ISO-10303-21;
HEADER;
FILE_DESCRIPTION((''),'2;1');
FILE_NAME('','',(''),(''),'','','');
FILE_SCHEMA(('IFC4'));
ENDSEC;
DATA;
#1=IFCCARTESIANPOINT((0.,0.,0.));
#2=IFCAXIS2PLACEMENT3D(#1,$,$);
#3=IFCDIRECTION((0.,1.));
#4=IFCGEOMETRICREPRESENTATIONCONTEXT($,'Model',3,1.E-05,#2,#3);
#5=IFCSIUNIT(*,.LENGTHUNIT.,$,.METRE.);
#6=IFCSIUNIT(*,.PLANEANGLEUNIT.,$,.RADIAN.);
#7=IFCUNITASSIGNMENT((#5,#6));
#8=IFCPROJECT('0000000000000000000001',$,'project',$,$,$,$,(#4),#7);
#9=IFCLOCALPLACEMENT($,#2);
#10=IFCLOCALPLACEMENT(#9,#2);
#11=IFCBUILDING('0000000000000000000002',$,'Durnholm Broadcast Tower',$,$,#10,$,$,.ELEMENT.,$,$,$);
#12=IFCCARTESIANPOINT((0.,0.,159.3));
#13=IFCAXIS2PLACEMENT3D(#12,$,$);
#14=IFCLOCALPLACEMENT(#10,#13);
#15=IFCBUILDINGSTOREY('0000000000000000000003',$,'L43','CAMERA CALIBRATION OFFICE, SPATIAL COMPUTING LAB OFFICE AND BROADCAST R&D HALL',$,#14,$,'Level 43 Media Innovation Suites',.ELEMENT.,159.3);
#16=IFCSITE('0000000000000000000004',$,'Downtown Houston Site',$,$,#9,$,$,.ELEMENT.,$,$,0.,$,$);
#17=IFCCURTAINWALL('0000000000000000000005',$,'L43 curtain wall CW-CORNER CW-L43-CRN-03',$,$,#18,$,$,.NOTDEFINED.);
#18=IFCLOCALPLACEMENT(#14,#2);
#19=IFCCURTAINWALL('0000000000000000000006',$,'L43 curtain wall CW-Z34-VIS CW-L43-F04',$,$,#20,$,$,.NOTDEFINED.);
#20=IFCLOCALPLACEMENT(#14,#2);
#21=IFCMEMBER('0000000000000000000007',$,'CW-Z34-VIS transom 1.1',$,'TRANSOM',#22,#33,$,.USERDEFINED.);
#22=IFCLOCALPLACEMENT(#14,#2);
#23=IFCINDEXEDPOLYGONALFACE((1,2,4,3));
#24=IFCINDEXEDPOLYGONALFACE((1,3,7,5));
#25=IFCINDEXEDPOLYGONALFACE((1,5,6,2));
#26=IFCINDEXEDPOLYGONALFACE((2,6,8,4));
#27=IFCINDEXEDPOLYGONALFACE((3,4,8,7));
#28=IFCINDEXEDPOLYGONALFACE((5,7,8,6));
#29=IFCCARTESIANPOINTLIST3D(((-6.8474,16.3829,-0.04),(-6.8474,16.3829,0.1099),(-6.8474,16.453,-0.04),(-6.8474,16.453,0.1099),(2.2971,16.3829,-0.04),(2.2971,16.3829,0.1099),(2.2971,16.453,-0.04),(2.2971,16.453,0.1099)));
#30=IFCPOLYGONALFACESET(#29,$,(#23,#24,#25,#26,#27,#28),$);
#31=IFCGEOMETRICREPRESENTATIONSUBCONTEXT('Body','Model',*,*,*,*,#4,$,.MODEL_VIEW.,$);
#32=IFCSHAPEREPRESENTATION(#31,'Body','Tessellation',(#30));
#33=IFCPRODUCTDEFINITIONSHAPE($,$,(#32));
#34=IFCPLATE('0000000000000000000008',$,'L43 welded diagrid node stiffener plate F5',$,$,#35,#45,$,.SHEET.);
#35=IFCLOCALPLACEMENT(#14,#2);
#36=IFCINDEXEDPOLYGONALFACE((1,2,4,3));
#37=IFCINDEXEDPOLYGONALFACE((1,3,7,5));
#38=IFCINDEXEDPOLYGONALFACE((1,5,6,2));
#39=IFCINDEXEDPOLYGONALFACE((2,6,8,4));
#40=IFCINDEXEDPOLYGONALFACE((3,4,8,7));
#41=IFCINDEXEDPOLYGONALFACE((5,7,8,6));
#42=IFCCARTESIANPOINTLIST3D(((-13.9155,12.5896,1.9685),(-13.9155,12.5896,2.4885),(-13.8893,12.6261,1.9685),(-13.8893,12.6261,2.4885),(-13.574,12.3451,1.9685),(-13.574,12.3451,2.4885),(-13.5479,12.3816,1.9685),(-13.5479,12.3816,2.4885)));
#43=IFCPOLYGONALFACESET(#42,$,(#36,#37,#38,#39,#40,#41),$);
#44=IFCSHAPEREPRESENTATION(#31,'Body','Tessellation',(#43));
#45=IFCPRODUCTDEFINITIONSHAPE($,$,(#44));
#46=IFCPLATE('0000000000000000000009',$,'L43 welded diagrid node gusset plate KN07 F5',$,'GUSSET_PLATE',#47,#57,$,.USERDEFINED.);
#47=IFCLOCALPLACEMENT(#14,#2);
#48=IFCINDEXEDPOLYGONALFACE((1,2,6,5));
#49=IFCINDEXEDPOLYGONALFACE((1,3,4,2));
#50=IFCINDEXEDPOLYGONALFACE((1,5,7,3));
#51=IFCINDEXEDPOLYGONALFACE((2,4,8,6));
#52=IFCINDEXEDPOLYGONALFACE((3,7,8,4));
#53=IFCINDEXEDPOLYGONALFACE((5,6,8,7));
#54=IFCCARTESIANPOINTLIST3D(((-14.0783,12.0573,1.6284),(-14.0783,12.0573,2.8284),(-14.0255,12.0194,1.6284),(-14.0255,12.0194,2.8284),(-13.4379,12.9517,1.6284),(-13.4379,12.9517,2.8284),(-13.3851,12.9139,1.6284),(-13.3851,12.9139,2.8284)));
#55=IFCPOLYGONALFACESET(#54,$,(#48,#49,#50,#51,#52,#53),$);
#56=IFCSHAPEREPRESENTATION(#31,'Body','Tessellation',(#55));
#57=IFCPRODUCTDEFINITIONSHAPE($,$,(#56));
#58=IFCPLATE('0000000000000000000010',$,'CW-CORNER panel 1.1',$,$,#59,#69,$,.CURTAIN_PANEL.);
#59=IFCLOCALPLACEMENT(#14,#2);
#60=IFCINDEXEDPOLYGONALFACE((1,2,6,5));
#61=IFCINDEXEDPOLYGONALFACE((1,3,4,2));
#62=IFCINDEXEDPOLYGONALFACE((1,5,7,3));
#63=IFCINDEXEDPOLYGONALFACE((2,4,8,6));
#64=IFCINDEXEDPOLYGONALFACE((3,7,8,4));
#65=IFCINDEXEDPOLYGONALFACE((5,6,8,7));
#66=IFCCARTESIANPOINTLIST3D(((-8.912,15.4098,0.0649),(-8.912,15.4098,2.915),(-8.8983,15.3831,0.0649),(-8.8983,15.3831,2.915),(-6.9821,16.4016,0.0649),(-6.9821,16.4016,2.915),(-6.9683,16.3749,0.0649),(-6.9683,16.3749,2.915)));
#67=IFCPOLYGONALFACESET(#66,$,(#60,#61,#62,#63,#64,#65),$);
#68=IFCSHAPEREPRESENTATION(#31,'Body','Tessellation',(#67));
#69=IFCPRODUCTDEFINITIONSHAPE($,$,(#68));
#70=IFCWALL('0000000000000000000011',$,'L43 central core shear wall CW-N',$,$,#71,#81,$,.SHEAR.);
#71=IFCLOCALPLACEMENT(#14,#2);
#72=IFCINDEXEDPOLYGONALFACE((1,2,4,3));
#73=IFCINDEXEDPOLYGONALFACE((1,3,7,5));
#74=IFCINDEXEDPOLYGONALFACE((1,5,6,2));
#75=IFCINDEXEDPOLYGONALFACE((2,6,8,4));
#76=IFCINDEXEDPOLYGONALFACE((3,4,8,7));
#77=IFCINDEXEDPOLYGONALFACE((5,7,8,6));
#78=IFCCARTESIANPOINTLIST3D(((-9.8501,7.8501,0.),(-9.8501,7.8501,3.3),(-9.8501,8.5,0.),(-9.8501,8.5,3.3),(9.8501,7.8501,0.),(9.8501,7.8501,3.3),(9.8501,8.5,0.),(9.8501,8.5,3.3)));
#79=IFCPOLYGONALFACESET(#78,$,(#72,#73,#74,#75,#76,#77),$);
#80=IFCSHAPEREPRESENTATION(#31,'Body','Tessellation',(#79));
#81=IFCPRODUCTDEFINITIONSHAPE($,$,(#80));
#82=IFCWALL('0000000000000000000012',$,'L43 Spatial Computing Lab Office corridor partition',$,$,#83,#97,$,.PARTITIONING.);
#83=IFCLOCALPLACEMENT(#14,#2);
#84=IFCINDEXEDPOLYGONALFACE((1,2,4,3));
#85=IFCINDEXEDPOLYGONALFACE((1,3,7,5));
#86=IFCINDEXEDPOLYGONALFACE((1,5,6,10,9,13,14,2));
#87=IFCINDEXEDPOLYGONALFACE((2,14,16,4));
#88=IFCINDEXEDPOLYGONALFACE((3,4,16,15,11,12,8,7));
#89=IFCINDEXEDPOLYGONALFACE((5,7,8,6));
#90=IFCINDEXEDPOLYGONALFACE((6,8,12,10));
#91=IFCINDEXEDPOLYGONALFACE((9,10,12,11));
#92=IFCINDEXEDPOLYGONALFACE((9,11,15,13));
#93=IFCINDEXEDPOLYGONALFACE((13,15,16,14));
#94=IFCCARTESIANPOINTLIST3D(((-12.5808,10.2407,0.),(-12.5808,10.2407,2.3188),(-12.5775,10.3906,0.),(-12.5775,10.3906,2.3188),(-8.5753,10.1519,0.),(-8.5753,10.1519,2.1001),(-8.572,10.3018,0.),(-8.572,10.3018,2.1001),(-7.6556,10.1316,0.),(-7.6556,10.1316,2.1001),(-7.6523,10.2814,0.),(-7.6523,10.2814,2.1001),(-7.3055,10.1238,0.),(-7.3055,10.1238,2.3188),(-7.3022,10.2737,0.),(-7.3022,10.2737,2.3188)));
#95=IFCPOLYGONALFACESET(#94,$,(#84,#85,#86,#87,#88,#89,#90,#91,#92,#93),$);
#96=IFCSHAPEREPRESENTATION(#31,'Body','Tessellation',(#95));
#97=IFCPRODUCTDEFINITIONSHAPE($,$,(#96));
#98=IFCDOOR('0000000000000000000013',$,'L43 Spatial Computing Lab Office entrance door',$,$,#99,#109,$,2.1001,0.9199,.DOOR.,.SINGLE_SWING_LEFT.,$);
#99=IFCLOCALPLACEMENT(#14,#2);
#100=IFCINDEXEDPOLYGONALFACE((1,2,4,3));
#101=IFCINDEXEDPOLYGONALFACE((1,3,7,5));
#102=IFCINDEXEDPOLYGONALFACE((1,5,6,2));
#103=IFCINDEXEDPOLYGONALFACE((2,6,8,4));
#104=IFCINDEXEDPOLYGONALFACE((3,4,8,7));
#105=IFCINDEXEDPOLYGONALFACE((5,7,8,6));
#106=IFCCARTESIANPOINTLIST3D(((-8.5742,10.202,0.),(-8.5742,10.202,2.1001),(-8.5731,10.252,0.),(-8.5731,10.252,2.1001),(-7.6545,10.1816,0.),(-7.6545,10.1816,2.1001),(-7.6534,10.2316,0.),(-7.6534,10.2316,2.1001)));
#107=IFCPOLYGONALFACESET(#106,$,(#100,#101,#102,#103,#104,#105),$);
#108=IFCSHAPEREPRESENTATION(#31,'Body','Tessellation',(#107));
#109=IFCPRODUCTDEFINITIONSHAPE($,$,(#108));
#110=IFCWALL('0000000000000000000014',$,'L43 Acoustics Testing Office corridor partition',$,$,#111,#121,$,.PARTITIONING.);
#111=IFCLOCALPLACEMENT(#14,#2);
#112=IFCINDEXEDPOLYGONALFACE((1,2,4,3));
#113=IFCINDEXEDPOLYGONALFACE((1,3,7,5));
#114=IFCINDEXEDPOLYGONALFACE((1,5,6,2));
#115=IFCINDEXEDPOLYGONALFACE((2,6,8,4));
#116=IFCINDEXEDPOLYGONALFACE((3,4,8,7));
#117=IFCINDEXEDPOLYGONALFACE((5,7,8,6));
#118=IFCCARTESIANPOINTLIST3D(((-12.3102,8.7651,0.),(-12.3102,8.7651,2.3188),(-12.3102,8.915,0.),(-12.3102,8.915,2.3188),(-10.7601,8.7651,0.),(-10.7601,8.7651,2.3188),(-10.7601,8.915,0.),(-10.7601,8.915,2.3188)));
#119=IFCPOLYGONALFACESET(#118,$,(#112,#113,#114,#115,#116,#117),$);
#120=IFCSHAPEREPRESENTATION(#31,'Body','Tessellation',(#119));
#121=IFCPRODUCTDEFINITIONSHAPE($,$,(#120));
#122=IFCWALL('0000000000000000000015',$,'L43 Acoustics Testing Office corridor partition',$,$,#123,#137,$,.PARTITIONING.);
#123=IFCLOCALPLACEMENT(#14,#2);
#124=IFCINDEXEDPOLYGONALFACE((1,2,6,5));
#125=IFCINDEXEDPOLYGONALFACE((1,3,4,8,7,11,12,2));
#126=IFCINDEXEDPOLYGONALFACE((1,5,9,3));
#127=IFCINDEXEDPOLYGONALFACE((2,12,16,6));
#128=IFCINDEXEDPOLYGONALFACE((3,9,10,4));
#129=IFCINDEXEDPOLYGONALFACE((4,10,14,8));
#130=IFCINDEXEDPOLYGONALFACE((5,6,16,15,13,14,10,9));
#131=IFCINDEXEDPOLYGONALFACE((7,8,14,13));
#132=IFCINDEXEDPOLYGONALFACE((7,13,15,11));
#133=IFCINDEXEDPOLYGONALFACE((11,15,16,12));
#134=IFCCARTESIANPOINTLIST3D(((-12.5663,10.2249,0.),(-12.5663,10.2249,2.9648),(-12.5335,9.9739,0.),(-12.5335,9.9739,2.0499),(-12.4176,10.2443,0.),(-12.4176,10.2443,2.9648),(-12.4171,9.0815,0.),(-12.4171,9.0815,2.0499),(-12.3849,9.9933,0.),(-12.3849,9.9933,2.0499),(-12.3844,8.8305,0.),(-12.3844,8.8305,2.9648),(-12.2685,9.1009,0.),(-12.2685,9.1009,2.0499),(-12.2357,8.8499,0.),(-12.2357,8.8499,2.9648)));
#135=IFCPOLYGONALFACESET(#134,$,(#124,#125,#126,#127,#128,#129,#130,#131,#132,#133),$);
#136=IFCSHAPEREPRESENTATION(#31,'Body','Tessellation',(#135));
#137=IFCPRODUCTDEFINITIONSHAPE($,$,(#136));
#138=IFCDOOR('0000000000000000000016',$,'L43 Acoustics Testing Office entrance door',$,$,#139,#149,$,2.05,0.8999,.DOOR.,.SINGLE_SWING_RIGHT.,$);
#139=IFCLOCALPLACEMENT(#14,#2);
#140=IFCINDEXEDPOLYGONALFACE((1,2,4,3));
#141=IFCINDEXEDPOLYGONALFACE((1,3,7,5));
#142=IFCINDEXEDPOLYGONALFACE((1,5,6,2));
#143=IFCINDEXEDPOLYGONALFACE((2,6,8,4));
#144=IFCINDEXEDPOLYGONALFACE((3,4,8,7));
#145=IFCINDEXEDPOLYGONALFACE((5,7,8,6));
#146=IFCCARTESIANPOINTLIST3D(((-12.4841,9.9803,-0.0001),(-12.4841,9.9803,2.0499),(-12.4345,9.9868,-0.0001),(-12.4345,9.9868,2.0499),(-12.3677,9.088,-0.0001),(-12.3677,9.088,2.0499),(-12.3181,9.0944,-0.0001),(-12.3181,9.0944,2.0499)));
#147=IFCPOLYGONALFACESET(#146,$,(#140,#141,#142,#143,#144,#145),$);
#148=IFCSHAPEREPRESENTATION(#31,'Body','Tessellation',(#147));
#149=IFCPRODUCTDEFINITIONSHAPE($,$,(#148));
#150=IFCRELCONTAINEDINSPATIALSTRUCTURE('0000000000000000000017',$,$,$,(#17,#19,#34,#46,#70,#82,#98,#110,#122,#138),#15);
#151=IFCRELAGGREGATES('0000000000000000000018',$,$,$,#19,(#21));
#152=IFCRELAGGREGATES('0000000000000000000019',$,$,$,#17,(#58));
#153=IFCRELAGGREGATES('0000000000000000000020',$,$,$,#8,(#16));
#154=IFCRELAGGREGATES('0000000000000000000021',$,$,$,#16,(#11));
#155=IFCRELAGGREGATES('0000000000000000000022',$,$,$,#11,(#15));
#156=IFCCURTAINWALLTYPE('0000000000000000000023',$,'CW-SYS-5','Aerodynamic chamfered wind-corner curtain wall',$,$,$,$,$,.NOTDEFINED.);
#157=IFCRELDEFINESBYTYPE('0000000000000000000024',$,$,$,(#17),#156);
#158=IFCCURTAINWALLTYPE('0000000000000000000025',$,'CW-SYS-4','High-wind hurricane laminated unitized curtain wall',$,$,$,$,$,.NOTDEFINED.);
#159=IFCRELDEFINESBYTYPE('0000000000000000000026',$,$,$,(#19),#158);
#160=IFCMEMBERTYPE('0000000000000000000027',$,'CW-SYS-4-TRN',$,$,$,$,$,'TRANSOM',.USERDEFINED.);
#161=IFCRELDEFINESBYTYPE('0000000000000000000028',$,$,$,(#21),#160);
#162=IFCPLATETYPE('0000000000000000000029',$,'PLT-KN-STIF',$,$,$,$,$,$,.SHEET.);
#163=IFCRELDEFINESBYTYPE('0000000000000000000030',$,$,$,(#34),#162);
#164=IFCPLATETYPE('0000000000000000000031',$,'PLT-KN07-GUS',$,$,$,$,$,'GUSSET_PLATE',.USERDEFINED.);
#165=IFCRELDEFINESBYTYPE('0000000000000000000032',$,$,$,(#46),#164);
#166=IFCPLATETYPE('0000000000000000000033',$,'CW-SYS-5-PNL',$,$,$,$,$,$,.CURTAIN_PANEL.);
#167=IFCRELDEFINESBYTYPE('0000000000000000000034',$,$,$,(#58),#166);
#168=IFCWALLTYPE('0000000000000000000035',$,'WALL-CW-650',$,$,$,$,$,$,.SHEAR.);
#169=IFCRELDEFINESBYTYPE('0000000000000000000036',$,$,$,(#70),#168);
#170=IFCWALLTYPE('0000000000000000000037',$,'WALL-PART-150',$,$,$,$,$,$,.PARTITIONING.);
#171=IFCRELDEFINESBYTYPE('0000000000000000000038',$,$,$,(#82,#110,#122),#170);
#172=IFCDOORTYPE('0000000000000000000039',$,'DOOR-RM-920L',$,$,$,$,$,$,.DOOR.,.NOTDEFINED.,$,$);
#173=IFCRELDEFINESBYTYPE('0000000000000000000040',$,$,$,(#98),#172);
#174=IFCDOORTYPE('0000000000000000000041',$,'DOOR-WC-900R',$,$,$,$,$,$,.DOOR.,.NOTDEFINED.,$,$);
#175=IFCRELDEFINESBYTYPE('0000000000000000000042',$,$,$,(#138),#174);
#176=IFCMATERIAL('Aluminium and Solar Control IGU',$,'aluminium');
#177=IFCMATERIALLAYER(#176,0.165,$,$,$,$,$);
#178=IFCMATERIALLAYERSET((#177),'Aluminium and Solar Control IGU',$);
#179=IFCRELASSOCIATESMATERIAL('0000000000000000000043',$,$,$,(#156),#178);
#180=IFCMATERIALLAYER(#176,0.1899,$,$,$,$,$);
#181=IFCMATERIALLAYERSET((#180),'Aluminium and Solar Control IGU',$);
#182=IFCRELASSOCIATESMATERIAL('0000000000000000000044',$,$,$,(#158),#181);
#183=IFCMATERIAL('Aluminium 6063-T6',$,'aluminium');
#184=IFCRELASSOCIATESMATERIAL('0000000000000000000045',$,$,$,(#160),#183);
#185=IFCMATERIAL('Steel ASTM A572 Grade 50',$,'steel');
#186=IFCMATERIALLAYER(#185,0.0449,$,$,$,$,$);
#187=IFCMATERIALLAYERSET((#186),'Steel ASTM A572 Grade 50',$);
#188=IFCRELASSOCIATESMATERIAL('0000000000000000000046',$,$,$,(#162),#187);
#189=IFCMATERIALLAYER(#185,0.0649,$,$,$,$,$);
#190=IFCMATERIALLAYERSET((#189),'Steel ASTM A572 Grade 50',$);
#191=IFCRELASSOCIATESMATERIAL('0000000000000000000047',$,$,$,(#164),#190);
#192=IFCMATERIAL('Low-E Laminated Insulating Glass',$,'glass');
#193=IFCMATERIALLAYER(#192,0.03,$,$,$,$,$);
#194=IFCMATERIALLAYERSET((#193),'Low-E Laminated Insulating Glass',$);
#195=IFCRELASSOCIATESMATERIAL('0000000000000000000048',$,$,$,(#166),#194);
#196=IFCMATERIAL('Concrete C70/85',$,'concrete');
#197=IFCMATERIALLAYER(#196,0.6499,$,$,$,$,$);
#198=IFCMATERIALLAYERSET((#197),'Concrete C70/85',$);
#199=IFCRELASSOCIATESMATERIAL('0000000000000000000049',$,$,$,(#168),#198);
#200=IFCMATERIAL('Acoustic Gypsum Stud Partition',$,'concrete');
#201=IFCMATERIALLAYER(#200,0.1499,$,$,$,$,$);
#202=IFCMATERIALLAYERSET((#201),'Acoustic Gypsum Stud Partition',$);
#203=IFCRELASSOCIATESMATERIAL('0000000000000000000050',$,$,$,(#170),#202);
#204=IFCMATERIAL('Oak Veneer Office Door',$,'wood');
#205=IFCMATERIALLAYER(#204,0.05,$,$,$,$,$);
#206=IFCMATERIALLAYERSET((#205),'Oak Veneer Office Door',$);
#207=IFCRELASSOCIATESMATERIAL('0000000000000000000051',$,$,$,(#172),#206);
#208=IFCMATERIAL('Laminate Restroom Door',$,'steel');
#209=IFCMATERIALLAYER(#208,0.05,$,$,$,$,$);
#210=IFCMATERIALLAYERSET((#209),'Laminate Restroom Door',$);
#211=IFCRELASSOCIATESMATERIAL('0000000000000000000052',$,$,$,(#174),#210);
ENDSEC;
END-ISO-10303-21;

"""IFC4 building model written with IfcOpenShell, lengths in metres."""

from ifc_helpers import new_model, si_unit, direction, frame, frame_2d, origin, origin_2d, place, context, subcontext, project, spatial, rectangle, extrude, source, transform, mapped, material, layer, layer_set, material_profile, profile_set, type_object, type_shapes, element, fill, aggregate, save


model = new_model("IFC4")

# Units and contexts
model_context = context("Model", 3, precision=1e-05, world=origin(), true_north=direction((0.0, 1.0)))
body_context = subcontext(model_context, "Body", "Model", "MODEL_VIEW")
ifc_project = project(units=[si_unit("LENGTHUNIT", "METRE"), si_unit("PLANEANGLEUNIT", "RADIAN")], contexts=[model_context])

# Site, building, storey
site_placement = place(None, origin())
site = spatial("IfcSite", under=ifc_project, at=site_placement, Name="Downtown Houston Site", CompositionType="ELEMENT", RefElevation=0.0)
building_placement = place(site_placement, origin())
building = spatial("IfcBuilding", under=site, at=building_placement, Name="Durnholm Broadcast Tower", CompositionType="ELEMENT")
storey_placement = place(building_placement, frame((0.0, 0.0, 159.3)))
storey = spatial("IfcBuildingStorey", under=building, at=storey_placement, Name="L43", Description="CAMERA CALIBRATION OFFICE, SPATIAL COMPUTING LAB OFFICE AND BROADCAST R&D HALL", LongName="Level 43 Media Innovation Suites", CompositionType="ELEMENT", Elevation=159.3)

# Shared definitions
ifc_material_1 = material(Name="Concrete C70/85", Category="concrete")

# Curtain wall
ifc_material_2 = material(Name="Aluminium and Solar Control IGU", Category="aluminium")
ifc_layer_1 = layer(ifc_material_2, 0.165)
ifc_layer_set_1 = layer_set([ifc_layer_1], Name="Aluminium and Solar Control IGU")
curtain_wall_type_1 = type_object("IfcCurtainWallType", Name="CW-SYS-5", Description="Aerodynamic chamfered wind-corner curtain wall", PredefinedType="NOTDEFINED", material=ifc_layer_set_1)
curtain_wall_1_placement = place(storey_placement, origin())
curtain_wall_1 = element("IfcCurtainWall", 1, at=curtain_wall_1_placement, inside=storey, type_object=curtain_wall_type_1, Name="L43 curtain wall CW-CORNER CW-L43-CRN-03", PredefinedType="NOTDEFINED")
ifc_material_3 = material(Name="Aluminium 6063-T6", Category="aluminium")

# Shared definitions
ifc_layer_2 = layer(ifc_material_2, 0.1899)
ifc_layer_set_2 = layer_set([ifc_layer_2], Name="Aluminium and Solar Control IGU")
curtain_wall_type_2 = type_object("IfcCurtainWallType", Name="CW-SYS-4", Description="High-wind hurricane laminated unitized curtain wall", PredefinedType="NOTDEFINED", material=ifc_layer_set_2)

# Curtain wall, member
curtain_wall_2_placement = place(storey_placement, origin())
curtain_wall_2 = element("IfcCurtainWall", 2, at=curtain_wall_2_placement, inside=storey, type_object=curtain_wall_type_2, Name="L43 curtain wall CW-Z34-VIS CW-L43-F04", PredefinedType="NOTDEFINED")
ifc_material_profile_1 = material_profile(ifc_material_3, rectangle(XDim=0.0701, YDim=0.1499, at=origin_2d()), Name="CWT70X150")
ifc_profile_set_1 = profile_set([ifc_material_profile_1], Name="Aluminium 6063-T6")
member_type_1 = type_object("IfcMemberType", Name="CW-SYS-4-TRN", ElementType="TRANSOM", PredefinedType="USERDEFINED", material=ifc_profile_set_1)
shared_shape_1 = source(origin(), body_context, "Body", "SweptSolid", [
    extrude(rectangle(XDim=0.0701, YDim=0.1499, at=origin_2d()), origin(), (0.0, 0.0, 1.0), 9.1445),
])
type_shapes(member_type_1, [shared_shape_1])
member_1_placement = place(storey_placement, frame((-6.8474, 16.418, 0.0349), z_axis=(1.0, 0.0, 0.0), x_axis=(0.0, 1.0, 0.0)))
member_1 = element("IfcMember", 3, at=member_1_placement, type_object=member_type_1, Name="CW-Z34-VIS transom 1.1", ObjectType="TRANSOM", PredefinedType="USERDEFINED", context=body_context, shape_type="MappedRepresentation", body=[
    mapped(shared_shape_1, transform((0.0, 0.0, 0.0), x_axis=(1.0, 0.0, 0.0), y_axis=(0.0, 1.0, 0.0), z_axis=(0.0, 0.0, 1.0), scale=1.0)),
])
aggregate(curtain_wall_2, [member_1])

# Plates
ifc_material_4 = material(Name="Steel ASTM A572 Grade 50", Category="steel")
ifc_layer_3 = layer(ifc_material_4, 0.0449)
ifc_layer_set_3 = layer_set([ifc_layer_3], Name="Steel ASTM A572 Grade 50")
plate_type_1 = type_object("IfcPlateType", Name="PLT-KN-STIF", PredefinedType="SHEET", material=ifc_layer_set_3)
shared_shape_2 = source(origin(), body_context, "Body", "SweptSolid", [
    extrude(rectangle(XDim=0.0449, YDim=0.4199, at=origin_2d()), origin(), (0.0, 0.0, 1.0), 0.52),
])
type_shapes(plate_type_1, [shared_shape_2])
plate_1_placement = place(storey_placement, frame((-13.7317, 12.4856, 1.9685), z_axis=(0.0, 0.0, 1.0), x_axis=(-0.582123, -0.813101, 0.0)))
element("IfcPlate", 4, at=plate_1_placement, inside=storey, type_object=plate_type_1, Name="L43 welded diagrid node stiffener plate F5", PredefinedType="SHEET", context=body_context, shape_type="MappedRepresentation", body=[
    mapped(shared_shape_2, transform((0.0, 0.0, 0.0), x_axis=(1.0, 0.0, 0.0), y_axis=(0.0, 1.0, 0.0), z_axis=(0.0, 0.0, 1.0), scale=1.0)),
])
ifc_layer_4 = layer(ifc_material_4, 0.0649)
ifc_layer_set_4 = layer_set([ifc_layer_4], Name="Steel ASTM A572 Grade 50")
plate_type_2 = type_object("IfcPlateType", Name="PLT-KN07-GUS", ElementType="GUSSET_PLATE", PredefinedType="USERDEFINED", material=ifc_layer_set_4)
shared_shape_3 = source(origin(), body_context, "Body", "SweptSolid", [
    extrude(rectangle(XDim=1.1001, YDim=0.0649, at=origin_2d()), origin(), (0.0, 0.0, 1.0), 1.2),
])
type_shapes(plate_type_2, [shared_shape_3])
plate_2_placement = place(storey_placement, frame((-13.7317, 12.4856, 1.6284), z_axis=(0.0, 0.0, 1.0), x_axis=(-0.582123, -0.813101, 0.0)))
element("IfcPlate", 5, at=plate_2_placement, inside=storey, type_object=plate_type_2, Name="L43 welded diagrid node gusset plate KN07 F5", ObjectType="GUSSET_PLATE", PredefinedType="USERDEFINED", context=body_context, shape_type="MappedRepresentation", body=[
    mapped(shared_shape_3, transform((0.0, 0.0, 0.0), x_axis=(1.0, 0.0, 0.0), y_axis=(0.0, 1.0, 0.0), z_axis=(0.0, 0.0, 1.0), scale=1.0)),
])

# Plate
ifc_material_5 = material(Name="Low-E Laminated Insulating Glass", Category="glass")
ifc_layer_5 = layer(ifc_material_5, 0.03)
ifc_layer_set_5 = layer_set([ifc_layer_5], Name="Low-E Laminated Insulating Glass")
plate_type_3 = type_object("IfcPlateType", Name="CW-SYS-5-PNL", PredefinedType="CURTAIN_PANEL", material=ifc_layer_set_5)
shared_shape_4 = source(origin(), body_context, "Body", "SweptSolid", [
    extrude(rectangle(XDim=2.1699, YDim=0.03, at=origin_2d()), origin(), (0.0, 0.0, 1.0), 2.8501),
])
type_shapes(plate_type_3, [shared_shape_4])
plate_3_placement = place(storey_placement, frame((-7.9402, 15.8923, 0.0649), z_axis=(0.0, 0.0, 1.0), x_axis=(0.889425, 0.457082, 0.0)))
plate_3 = element("IfcPlate", 6, at=plate_3_placement, type_object=plate_type_3, Name="CW-CORNER panel 1.1", PredefinedType="CURTAIN_PANEL", context=body_context, shape_type="MappedRepresentation", body=[
    mapped(shared_shape_4, transform((0.0, 0.0, 0.0), x_axis=(1.0, 0.0, 0.0), y_axis=(0.0, 1.0, 0.0), z_axis=(0.0, 0.0, 1.0), scale=1.0)),
])
aggregate(curtain_wall_1, [plate_3])

# Wall
ifc_layer_6 = layer(ifc_material_1, 0.6499)
ifc_layer_set_6 = layer_set([ifc_layer_6], Name="Concrete C70/85")
wall_type_1 = type_object("IfcWallType", Name="WALL-CW-650", PredefinedType="SHEAR", material=ifc_layer_set_6)
wall_1_placement = place(storey_placement, frame((-9.8501, 8.175, 0.0), z_axis=(0.0, 0.0, 1.0), x_axis=(1.0, 0.0, 0.0)))
element("IfcWall", 7, at=wall_1_placement, inside=storey, type_object=wall_type_1, Name="L43 central core shear wall CW-N", PredefinedType="SHEAR", context=body_context, shape_type="SweptSolid", body=[
    extrude(rectangle(XDim=19.7002, YDim=0.6499, at=frame_2d((9.8501, 0.0))), origin(), (0.0, 0.0, 1.0), 3.3),
])

# Wall, opening, door
ifc_material_6 = material(Name="Acoustic Gypsum Stud Partition", Category="concrete")
ifc_layer_7 = layer(ifc_material_6, 0.1499)
ifc_layer_set_7 = layer_set([ifc_layer_7], Name="Acoustic Gypsum Stud Partition")
wall_type_2 = type_object("IfcWallType", Name="WALL-PART-150", PredefinedType="PARTITIONING", material=ifc_layer_set_7)
wall_2_placement = place(storey_placement, frame((-7.304, 10.1987, 0.0), z_axis=(0.0, 0.0, 1.0), x_axis=(-0.999754, 0.022162, 0.0)))
wall_2 = element("IfcWall", 8, at=wall_2_placement, inside=storey, type_object=wall_type_2, Name="L43 Spatial Computing Lab Office corridor partition", PredefinedType="PARTITIONING", context=body_context, shape_type="SweptSolid", body=[
    extrude(rectangle(XDim=5.2766, YDim=0.1499, at=frame_2d((2.6382, 0.0))), origin(), (0.0, 0.0, 1.0), 2.3188),
])
opening_1_placement = place(wall_2_placement, frame((0.3501, 0.0, 0.0)))
opening_1 = element("IfcOpeningElement", 9, at=opening_1_placement, cuts=wall_2, PredefinedType="OPENING", context=body_context, shape_type="SweptSolid", body=[
    extrude(rectangle(XDim=0.9199, YDim=2.1001, at=frame_2d((0.46, 1.05))), frame((0.0, 0.085, 0.0), z_axis=(0.0, -1.0, 0.0), x_axis=(1.0, 0.0, 0.0)), (0.0, 0.0, 1.0), 0.1699),
])
ifc_material_7 = material(Name="Oak Veneer Office Door", Category="wood")
ifc_layer_8 = layer(ifc_material_7, 0.05)
ifc_layer_set_8 = layer_set([ifc_layer_8], Name="Oak Veneer Office Door")
door_type_1 = type_object("IfcDoorType", Name="DOOR-RM-920L", OperationType="NOTDEFINED", PredefinedType="DOOR", material=ifc_layer_set_8)
shared_shape_5 = source(origin(), body_context, "Body", "SweptSolid", [
    extrude(rectangle(XDim=0.9199, YDim=2.1001, at=frame_2d((0.46, 1.05))), frame((0.0, 0.0249, 0.0), z_axis=(0.0, -1.0, 0.0), x_axis=(1.0, 0.0, 0.0)), (0.0, 0.0, 1.0), 0.05),
])
type_shapes(door_type_1, [shared_shape_5])
door_1_placement = place(opening_1_placement, origin())
door_1 = element("IfcDoor", 10, at=door_1_placement, inside=storey, type_object=door_type_1, Name="L43 Spatial Computing Lab Office entrance door", OperationType="SINGLE_SWING_LEFT", OverallHeight=2.1001, OverallWidth=0.9199, PredefinedType="DOOR", context=body_context, shape_type="MappedRepresentation", body=[
    mapped(shared_shape_5, transform((0.0, 0.0, 0.0), x_axis=(1.0, 0.0, 0.0), y_axis=(0.0, 1.0, 0.0), z_axis=(0.0, 0.0, 1.0), scale=1.0)),
])
fill(opening_1, door_1)

# Wall
wall_3_placement = place(storey_placement, frame((-12.3101, 8.8401, 0.0), z_axis=(0.0, 0.0, 1.0), x_axis=(1.0, 0.0, 0.0)))
element("IfcWall", 11, at=wall_3_placement, inside=storey, type_object=wall_type_2, Name="L43 Acoustics Testing Office corridor partition", PredefinedType="PARTITIONING", context=body_context, shape_type="SweptSolid", body=[
    extrude(rectangle(XDim=1.55, YDim=0.1499, at=frame_2d((0.7749, 0.0))), origin(), (0.0, 0.0, 1.0), 2.3188),
])

# Wall, opening, door
wall_4_placement = place(storey_placement, frame((-12.4919, 10.2346, 0.0), z_axis=(0.0, 0.0, 1.0), x_axis=(0.129332, -0.991601, 0.0)))
wall_4 = element("IfcWall", 12, at=wall_4_placement, inside=storey, type_object=wall_type_2, Name="L43 Acoustics Testing Office corridor partition", PredefinedType="PARTITIONING", context=body_context, shape_type="SweptSolid", body=[
    extrude(rectangle(XDim=1.4062, YDim=0.1499, at=frame_2d((0.7031, 0.0))), origin(), (0.0, 0.0, 1.0), 2.9648),
])
opening_2_placement = place(wall_4_placement, frame((0.2532, 0.0, 0.0)))
opening_2 = element("IfcOpeningElement", 13, at=opening_2_placement, cuts=wall_4, PredefinedType="OPENING", context=body_context, shape_type="SweptSolid", body=[
    extrude(rectangle(XDim=0.8999, YDim=2.05, at=frame_2d((0.45, 1.0249))), frame((0.0, 0.085, 0.0), z_axis=(0.0, -1.0, 0.0), x_axis=(1.0, 0.0, 0.0)), (0.0, 0.0, 1.0), 0.1699),
])
ifc_material_8 = material(Name="Laminate Restroom Door", Category="steel")
ifc_layer_9 = layer(ifc_material_8, 0.05)
ifc_layer_set_9 = layer_set([ifc_layer_9], Name="Laminate Restroom Door")
door_type_2 = type_object("IfcDoorType", Name="DOOR-WC-900R", OperationType="NOTDEFINED", PredefinedType="DOOR", material=ifc_layer_set_9)
shared_shape_6 = source(origin(), body_context, "Body", "SweptSolid", [
    extrude(rectangle(XDim=0.8999, YDim=2.05, at=frame_2d((0.45, 1.0249))), frame((0.0, 0.0249, 0.0), z_axis=(0.0, -1.0, 0.0), x_axis=(1.0, 0.0, 0.0)), (0.0, 0.0, 1.0), 0.05),
])
type_shapes(door_type_2, [shared_shape_6])
door_2_placement = place(opening_2_placement, origin())
door_2 = element("IfcDoor", 14, at=door_2_placement, inside=storey, type_object=door_type_2, Name="L43 Acoustics Testing Office entrance door", OperationType="SINGLE_SWING_RIGHT", OverallHeight=2.05, OverallWidth=0.8999, PredefinedType="DOOR", context=body_context, shape_type="MappedRepresentation", body=[
    mapped(shared_shape_6, transform((0.0, 0.0, 0.0), x_axis=(1.0, 0.0, 0.0), y_axis=(0.0, 1.0, 0.0), z_axis=(0.0, 0.0, 1.0), scale=1.0)),
])
fill(opening_2, door_2)

save(model, "model.ifc")
